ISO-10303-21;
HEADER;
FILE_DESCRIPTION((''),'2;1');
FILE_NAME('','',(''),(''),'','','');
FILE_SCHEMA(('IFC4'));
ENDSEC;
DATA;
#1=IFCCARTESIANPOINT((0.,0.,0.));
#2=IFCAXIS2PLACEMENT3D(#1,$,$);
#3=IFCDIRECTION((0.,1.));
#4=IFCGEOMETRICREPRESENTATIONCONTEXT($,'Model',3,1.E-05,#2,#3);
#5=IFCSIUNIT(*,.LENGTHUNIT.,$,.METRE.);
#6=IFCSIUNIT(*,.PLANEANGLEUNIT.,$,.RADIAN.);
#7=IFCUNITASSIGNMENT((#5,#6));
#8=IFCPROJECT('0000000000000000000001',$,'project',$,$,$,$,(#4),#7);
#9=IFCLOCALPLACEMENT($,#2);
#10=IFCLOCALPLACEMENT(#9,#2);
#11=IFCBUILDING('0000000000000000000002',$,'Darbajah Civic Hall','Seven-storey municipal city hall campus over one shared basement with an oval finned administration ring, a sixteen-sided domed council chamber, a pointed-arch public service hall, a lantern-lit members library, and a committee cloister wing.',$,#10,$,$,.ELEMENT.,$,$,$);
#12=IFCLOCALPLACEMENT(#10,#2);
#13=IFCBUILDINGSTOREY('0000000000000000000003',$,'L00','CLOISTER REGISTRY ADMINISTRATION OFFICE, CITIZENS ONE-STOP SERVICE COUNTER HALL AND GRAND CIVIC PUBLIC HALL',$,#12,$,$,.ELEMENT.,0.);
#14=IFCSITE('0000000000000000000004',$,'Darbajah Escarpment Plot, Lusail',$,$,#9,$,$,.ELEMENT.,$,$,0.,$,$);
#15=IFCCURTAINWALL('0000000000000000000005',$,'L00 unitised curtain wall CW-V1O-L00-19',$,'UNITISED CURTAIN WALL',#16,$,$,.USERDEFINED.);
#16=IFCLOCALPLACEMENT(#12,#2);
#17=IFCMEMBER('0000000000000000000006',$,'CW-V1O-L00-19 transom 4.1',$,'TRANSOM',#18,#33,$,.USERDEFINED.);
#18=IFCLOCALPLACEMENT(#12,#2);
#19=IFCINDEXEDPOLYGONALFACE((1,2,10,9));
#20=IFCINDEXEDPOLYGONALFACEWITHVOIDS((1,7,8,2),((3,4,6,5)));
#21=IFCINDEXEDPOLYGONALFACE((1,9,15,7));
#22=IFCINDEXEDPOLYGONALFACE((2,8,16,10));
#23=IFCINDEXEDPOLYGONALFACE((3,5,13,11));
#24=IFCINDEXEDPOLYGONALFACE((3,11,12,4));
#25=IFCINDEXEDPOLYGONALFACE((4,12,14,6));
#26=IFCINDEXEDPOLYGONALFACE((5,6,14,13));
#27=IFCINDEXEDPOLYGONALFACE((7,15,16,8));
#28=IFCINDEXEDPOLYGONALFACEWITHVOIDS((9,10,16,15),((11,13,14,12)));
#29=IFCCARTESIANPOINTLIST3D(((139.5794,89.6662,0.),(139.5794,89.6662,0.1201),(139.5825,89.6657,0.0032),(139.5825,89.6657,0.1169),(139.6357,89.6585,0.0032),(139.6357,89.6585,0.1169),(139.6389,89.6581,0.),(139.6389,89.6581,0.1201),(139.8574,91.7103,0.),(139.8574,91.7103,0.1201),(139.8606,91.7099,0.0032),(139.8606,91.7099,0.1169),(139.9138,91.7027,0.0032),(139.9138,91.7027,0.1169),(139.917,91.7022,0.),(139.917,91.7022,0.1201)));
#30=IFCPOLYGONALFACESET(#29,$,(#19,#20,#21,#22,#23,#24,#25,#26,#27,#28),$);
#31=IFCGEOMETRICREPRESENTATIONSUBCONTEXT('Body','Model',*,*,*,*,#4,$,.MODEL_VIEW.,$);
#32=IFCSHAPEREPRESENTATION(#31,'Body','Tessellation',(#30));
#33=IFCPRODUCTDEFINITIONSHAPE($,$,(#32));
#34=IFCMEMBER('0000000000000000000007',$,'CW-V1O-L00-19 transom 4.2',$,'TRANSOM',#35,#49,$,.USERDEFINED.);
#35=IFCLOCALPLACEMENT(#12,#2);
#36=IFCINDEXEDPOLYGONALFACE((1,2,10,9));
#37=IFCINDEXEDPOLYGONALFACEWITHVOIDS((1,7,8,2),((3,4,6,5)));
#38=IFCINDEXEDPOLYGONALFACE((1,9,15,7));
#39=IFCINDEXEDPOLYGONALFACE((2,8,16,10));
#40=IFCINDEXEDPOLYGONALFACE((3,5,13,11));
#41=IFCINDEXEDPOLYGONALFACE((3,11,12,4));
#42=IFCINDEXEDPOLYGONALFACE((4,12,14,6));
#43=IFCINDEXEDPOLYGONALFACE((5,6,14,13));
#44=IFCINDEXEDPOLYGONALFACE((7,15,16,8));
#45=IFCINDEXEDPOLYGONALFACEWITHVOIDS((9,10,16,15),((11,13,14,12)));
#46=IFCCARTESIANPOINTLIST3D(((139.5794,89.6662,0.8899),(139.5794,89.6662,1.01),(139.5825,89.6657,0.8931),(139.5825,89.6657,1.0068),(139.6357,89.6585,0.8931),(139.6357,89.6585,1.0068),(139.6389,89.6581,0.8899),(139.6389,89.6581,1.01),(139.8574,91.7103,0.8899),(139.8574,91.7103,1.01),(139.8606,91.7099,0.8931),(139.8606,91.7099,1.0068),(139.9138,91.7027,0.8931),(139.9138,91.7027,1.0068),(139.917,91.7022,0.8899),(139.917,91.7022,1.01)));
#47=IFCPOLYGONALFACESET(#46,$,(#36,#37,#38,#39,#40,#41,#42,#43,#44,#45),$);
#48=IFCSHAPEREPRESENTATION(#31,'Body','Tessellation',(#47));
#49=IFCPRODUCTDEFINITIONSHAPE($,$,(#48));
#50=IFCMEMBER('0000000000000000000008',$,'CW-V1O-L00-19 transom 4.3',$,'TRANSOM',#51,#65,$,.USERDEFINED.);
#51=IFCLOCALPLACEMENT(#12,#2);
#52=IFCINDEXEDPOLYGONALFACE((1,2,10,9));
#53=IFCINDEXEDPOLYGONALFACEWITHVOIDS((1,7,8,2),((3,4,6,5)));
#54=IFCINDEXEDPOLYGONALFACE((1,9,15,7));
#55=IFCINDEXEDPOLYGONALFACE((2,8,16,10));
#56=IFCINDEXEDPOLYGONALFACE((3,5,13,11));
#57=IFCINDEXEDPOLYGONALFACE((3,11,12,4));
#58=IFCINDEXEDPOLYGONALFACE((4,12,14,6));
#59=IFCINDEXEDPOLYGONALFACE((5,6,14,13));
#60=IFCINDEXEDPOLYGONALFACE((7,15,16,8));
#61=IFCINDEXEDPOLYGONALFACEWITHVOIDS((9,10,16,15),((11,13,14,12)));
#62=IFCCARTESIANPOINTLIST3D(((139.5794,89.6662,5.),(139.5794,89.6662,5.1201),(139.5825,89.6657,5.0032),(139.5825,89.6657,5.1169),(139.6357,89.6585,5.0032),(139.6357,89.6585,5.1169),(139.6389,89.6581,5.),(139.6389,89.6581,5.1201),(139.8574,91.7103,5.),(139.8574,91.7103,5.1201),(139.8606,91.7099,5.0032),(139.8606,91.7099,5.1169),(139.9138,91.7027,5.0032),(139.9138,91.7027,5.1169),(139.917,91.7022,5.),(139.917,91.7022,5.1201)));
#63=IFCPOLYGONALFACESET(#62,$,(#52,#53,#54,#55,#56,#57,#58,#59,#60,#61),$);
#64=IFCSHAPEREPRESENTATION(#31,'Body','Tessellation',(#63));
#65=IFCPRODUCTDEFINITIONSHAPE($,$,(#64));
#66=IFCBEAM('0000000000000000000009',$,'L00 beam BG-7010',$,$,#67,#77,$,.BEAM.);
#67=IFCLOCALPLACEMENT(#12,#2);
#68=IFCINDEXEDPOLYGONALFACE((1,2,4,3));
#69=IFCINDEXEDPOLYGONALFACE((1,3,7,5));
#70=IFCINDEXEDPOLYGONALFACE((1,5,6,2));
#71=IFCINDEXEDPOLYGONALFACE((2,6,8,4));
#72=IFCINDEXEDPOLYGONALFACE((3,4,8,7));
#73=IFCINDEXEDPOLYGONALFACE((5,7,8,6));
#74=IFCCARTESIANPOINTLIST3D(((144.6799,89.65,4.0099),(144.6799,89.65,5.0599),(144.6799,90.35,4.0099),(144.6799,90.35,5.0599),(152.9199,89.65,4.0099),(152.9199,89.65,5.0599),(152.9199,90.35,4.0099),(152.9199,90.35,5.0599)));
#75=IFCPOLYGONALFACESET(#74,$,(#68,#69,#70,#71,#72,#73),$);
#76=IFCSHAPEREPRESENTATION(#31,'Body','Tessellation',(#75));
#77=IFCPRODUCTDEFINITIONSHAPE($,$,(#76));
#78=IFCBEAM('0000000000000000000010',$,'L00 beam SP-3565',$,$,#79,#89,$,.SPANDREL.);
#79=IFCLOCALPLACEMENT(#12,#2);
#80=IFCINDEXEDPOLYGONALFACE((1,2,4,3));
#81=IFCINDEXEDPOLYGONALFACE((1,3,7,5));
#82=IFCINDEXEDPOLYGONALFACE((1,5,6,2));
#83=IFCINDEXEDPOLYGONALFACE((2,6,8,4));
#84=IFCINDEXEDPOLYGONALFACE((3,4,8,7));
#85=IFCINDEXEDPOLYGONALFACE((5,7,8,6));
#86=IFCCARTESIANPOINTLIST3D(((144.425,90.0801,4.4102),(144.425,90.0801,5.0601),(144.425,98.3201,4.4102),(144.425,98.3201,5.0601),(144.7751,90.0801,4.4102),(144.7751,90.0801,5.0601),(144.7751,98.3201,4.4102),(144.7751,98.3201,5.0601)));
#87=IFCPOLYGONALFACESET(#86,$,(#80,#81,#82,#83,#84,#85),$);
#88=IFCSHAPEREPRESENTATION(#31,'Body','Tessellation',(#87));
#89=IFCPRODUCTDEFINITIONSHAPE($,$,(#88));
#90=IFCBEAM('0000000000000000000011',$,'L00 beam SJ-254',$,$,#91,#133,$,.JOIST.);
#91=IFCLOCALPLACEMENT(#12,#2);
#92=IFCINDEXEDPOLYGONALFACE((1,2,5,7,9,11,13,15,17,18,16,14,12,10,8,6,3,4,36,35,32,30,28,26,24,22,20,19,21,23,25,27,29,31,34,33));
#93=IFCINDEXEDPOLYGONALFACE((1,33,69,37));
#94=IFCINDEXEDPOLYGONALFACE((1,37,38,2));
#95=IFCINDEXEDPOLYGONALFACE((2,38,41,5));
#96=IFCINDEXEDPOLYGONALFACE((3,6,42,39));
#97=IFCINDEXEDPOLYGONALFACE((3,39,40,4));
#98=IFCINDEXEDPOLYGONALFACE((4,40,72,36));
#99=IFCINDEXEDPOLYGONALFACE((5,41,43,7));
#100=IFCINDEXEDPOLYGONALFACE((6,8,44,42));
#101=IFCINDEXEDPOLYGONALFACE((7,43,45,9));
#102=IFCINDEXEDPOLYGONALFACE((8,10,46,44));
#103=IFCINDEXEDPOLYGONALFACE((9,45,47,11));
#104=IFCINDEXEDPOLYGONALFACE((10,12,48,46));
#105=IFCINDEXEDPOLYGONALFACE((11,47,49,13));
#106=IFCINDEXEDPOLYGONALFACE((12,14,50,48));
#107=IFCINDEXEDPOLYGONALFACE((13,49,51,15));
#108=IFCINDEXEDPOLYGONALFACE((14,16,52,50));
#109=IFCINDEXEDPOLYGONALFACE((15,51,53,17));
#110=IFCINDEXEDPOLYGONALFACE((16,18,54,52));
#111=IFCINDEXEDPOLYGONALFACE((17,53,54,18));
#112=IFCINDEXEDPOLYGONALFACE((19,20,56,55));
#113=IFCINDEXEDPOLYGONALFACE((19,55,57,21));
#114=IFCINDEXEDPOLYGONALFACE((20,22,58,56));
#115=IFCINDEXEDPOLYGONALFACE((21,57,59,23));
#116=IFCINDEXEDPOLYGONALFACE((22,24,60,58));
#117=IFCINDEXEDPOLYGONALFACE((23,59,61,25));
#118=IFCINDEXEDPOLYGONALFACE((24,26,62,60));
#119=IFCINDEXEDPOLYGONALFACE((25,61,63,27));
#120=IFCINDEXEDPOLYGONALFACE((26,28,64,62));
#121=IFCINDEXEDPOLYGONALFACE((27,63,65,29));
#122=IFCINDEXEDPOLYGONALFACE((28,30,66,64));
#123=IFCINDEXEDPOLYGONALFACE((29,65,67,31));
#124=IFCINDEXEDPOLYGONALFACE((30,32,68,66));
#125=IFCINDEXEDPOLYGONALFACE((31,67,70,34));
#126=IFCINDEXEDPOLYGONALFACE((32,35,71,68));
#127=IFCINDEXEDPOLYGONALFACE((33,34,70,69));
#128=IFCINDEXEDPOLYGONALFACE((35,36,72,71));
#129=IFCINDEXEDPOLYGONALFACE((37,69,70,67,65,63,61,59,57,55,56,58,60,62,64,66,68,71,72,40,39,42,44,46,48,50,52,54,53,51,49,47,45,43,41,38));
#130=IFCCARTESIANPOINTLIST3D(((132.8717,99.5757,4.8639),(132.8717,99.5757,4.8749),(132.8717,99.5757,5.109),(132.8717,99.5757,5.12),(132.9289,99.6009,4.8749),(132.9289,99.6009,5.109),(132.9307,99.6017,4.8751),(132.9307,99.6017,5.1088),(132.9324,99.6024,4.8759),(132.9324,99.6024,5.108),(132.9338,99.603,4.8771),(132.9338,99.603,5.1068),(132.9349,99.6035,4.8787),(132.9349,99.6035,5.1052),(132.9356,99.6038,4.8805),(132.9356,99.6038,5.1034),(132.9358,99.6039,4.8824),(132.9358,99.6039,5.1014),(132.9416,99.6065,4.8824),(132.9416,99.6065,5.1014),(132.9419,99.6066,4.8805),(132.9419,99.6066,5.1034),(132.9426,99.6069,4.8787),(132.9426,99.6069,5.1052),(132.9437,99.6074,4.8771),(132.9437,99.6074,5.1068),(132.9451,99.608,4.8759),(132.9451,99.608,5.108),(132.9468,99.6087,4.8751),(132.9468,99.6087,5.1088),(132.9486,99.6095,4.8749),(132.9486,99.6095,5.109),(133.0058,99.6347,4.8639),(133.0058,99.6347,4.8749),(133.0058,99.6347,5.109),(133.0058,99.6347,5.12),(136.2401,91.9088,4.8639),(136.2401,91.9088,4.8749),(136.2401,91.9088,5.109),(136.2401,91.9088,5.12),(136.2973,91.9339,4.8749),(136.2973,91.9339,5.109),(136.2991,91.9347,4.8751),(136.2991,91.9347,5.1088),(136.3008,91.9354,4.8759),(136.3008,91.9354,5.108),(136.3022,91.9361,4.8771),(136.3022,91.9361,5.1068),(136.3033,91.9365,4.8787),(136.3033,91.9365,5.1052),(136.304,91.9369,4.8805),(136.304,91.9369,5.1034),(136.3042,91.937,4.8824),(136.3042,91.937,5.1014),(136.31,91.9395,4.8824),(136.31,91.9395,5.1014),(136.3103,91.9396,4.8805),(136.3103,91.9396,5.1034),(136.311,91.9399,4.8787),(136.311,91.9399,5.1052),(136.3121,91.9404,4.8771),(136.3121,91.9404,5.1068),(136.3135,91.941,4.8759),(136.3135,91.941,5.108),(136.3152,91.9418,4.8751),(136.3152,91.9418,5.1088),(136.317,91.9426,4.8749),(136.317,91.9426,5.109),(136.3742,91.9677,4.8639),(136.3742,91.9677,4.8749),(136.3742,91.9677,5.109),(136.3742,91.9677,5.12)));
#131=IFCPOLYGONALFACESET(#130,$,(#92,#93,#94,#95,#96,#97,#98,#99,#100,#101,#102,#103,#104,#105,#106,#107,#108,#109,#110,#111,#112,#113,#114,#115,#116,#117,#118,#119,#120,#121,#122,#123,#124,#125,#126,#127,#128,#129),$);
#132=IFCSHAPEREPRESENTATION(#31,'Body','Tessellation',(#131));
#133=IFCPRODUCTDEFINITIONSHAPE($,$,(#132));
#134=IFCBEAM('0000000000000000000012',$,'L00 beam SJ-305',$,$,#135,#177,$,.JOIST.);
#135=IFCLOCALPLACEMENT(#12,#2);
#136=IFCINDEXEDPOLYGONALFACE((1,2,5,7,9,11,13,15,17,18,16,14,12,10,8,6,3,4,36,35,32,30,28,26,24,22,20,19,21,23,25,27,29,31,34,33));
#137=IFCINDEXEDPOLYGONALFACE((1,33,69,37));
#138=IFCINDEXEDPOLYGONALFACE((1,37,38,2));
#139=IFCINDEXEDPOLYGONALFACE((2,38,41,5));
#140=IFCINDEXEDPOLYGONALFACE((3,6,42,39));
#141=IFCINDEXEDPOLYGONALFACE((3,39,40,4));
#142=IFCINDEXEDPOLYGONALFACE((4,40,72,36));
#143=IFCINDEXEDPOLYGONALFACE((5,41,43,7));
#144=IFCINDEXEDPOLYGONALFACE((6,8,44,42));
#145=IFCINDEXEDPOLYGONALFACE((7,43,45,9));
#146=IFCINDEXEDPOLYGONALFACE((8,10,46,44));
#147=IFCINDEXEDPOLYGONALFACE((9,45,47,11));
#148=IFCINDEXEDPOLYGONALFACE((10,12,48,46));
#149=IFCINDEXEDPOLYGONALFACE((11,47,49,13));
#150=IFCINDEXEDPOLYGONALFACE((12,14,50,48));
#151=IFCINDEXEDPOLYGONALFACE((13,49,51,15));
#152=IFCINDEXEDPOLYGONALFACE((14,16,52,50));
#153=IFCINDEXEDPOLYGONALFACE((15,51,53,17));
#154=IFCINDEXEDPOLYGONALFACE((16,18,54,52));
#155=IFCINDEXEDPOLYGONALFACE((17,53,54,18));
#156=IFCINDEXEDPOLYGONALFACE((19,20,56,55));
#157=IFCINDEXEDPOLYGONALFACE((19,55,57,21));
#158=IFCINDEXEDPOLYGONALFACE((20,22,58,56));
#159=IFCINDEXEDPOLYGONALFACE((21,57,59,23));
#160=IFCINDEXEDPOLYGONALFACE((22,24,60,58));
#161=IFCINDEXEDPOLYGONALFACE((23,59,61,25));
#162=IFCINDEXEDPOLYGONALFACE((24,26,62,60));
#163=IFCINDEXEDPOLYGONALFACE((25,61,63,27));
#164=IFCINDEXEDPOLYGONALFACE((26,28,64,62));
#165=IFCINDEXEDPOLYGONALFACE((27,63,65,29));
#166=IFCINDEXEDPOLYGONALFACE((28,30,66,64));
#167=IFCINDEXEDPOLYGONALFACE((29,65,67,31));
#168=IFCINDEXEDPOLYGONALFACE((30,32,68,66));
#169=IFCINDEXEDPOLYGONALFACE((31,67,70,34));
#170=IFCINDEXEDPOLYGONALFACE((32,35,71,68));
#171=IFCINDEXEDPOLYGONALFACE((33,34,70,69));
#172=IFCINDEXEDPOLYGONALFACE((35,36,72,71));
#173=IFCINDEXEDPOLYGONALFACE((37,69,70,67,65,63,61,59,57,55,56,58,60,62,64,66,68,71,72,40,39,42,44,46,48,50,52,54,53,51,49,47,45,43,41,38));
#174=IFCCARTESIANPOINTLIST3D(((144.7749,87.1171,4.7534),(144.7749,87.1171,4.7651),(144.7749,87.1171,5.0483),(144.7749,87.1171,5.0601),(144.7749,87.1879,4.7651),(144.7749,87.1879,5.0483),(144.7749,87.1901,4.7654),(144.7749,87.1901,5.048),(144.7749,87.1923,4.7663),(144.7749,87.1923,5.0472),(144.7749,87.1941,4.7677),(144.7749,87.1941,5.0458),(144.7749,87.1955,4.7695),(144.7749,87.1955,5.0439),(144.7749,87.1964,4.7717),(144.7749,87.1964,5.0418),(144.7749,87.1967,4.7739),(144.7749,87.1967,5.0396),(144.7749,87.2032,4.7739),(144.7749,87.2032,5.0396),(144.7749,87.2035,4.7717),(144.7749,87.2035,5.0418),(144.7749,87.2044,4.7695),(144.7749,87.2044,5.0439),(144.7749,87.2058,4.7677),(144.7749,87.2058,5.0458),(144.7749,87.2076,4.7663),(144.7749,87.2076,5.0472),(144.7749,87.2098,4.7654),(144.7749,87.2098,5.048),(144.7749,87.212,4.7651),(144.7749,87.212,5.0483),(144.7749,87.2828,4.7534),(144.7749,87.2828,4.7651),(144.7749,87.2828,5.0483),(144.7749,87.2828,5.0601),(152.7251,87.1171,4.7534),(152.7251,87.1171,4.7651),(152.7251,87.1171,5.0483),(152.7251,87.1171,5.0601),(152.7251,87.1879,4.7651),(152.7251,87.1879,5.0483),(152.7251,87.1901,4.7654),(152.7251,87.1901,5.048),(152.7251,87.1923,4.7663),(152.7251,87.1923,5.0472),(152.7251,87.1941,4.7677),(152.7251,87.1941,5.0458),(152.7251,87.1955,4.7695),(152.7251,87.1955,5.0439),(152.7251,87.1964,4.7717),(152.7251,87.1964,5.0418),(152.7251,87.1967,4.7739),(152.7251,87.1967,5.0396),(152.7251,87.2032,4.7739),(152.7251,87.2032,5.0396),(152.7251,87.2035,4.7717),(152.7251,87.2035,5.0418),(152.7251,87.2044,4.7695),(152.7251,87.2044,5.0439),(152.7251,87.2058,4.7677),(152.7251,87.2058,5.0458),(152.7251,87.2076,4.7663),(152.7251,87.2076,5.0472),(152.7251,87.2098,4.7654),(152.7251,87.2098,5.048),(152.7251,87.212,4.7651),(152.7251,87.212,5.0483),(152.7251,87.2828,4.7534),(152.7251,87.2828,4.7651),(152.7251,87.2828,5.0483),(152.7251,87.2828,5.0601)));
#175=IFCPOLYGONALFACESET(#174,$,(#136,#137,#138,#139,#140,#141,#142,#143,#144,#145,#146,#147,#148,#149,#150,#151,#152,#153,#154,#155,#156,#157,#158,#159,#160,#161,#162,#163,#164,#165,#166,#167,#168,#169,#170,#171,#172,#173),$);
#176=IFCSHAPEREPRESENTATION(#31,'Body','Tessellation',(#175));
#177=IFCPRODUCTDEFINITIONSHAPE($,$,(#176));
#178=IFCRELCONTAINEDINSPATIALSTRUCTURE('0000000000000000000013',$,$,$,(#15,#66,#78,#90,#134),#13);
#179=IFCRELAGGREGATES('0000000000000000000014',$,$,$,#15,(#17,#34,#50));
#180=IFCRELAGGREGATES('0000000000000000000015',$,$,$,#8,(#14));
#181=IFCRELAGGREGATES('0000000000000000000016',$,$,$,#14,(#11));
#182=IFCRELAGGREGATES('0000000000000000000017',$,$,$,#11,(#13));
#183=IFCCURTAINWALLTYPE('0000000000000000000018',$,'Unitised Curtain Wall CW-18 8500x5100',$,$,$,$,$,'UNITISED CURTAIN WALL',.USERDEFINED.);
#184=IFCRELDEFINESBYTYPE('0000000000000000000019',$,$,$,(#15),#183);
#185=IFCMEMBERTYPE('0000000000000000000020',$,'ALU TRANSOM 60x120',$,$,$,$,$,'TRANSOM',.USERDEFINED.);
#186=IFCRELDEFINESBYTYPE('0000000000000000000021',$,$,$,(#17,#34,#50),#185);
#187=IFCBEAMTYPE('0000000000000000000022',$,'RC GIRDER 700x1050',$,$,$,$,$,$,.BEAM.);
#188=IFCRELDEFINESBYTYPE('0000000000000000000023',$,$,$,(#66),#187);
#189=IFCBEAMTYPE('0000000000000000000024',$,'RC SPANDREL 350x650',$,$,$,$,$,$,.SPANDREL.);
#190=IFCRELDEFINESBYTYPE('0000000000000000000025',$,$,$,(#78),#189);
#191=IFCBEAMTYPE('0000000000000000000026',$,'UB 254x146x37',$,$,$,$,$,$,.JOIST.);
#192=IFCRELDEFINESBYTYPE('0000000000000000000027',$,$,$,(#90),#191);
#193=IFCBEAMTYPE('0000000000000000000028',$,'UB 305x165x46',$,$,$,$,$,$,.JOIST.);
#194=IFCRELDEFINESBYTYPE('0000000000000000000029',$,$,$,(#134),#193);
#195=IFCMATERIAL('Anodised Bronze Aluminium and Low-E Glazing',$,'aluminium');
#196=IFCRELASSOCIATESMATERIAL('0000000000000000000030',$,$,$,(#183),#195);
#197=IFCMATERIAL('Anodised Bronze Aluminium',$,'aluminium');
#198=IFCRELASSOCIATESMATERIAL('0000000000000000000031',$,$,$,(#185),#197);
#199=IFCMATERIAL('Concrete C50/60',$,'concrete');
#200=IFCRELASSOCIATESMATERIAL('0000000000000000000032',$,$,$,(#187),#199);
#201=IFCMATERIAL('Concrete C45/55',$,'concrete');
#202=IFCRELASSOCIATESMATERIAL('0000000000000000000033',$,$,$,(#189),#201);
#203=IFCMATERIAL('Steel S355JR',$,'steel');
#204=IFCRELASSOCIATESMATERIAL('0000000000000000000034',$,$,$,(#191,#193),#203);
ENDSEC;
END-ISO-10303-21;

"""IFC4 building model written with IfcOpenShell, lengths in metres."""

from ifc_helpers import new_model, si_unit, direction, frame, origin, origin_2d, place, context, subcontext, project, spatial, rectangle, hollow_rectangle, i_section, extrude, material, material_profile, profile_set, type_object, element, aggregate, save


model = new_model("IFC4")

# Units and contexts
model_context = context("Model", 3, precision=1e-05, world=origin(), true_north=direction((0.0, 1.0)))
body_context = subcontext(model_context, "Body", "Model", "MODEL_VIEW")
ifc_project = project(units=[si_unit("LENGTHUNIT", "METRE"), si_unit("PLANEANGLEUNIT", "RADIAN")], contexts=[model_context])

# Site, building, storey
site_placement = place(None, origin())
site = spatial("IfcSite", under=ifc_project, at=site_placement, Name="Darbajah Escarpment Plot, Lusail", CompositionType="ELEMENT", RefElevation=0.0)
building_placement = place(site_placement, origin())
building = spatial("IfcBuilding", under=site, at=building_placement, Name="Darbajah Civic Hall", Description="Seven-storey municipal city hall campus over one shared basement with an oval finned administration ring, a sixteen-sided domed council chamber, a pointed-arch public service hall, a lantern-lit members library, and a committee cloister wing.", CompositionType="ELEMENT")
storey_placement = place(building_placement, origin())
storey = spatial("IfcBuildingStorey", under=building, at=storey_placement, Name="L00", Description="CLOISTER REGISTRY ADMINISTRATION OFFICE, CITIZENS ONE-STOP SERVICE COUNTER HALL AND GRAND CIVIC PUBLIC HALL", CompositionType="ELEMENT", Elevation=0.0)

# Shared definitions
ifc_material_1 = material(Name="Concrete C50/60", Category="concrete")

# Curtain wall, members
ifc_material_2 = material(Name="Anodised Bronze Aluminium and Low-E Glazing", Category="aluminium")
curtain_wall_type = type_object("IfcCurtainWallType", Name="Unitised Curtain Wall CW-18 8500x5100", ElementType="UNITISED CURTAIN WALL", PredefinedType="USERDEFINED", material=ifc_material_2)
curtain_wall_placement = place(storey_placement, origin())
curtain_wall = element("IfcCurtainWall", 1, at=curtain_wall_placement, inside=storey, type_object=curtain_wall_type, Name="L00 unitised curtain wall CW-V1O-L00-19", ObjectType="UNITISED CURTAIN WALL", PredefinedType="USERDEFINED")
ifc_material_3 = material(Name="Anodised Bronze Aluminium", Category="aluminium")
ifc_material_profile_1 = material_profile(ifc_material_3, hollow_rectangle(XDim=0.0601, YDim=0.1201, WallThickness=0.0032, at=origin_2d()), Name="ALU TRANSOM 60x120")
ifc_profile_set_1 = profile_set([ifc_material_profile_1], Name="Anodised Bronze Aluminium")
member_type_1 = type_object("IfcMemberType", Name="ALU TRANSOM 60x120", ElementType="TRANSOM", PredefinedType="USERDEFINED", material=ifc_profile_set_1)
member_1_placement = place(storey_placement, frame((139.6091, 89.6621, 0.0601), z_axis=(0.134791, 0.990874, 0.0), x_axis=(-0.990874, 0.134791, 0.0)))
member_1 = element("IfcMember", 2, at=member_1_placement, type_object=member_type_1, Name="CW-V1O-L00-19 transom 4.1", ObjectType="TRANSOM", PredefinedType="USERDEFINED", context=body_context, shape_type="SweptSolid", body=[
    extrude(hollow_rectangle(XDim=0.0601, YDim=0.1201, WallThickness=0.0032, at=origin_2d()), origin(), (0.0, 0.0, 1.0), 2.063),
])
member_2_placement = place(storey_placement, frame((139.6091, 89.6621, 0.95), z_axis=(0.134791, 0.990874, 0.0), x_axis=(-0.990874, 0.134791, 0.0)))
member_2 = element("IfcMember", 3, at=member_2_placement, type_object=member_type_1, Name="CW-V1O-L00-19 transom 4.2", ObjectType="TRANSOM", PredefinedType="USERDEFINED", context=body_context, shape_type="SweptSolid", body=[
    extrude(hollow_rectangle(XDim=0.0601, YDim=0.1201, WallThickness=0.0032, at=origin_2d()), origin(), (0.0, 0.0, 1.0), 2.063),
])
member_3_placement = place(storey_placement, frame((139.6091, 89.6621, 5.0601), z_axis=(0.134791, 0.990874, 0.0), x_axis=(-0.990874, 0.134791, 0.0)))
member_3 = element("IfcMember", 4, at=member_3_placement, type_object=member_type_1, Name="CW-V1O-L00-19 transom 4.3", ObjectType="TRANSOM", PredefinedType="USERDEFINED", context=body_context, shape_type="SweptSolid", body=[
    extrude(hollow_rectangle(XDim=0.0601, YDim=0.1201, WallThickness=0.0032, at=origin_2d()), origin(), (0.0, 0.0, 1.0), 2.063),
])

# Beams
ifc_material_profile_2 = material_profile(ifc_material_1, rectangle(XDim=0.7, YDim=1.05, at=origin_2d()), Name="RC GIRDER 700x1050")
ifc_profile_set_2 = profile_set([ifc_material_profile_2], Name="Concrete C50/60")
beam_type_1 = type_object("IfcBeamType", Name="RC GIRDER 700x1050", PredefinedType="BEAM", material=ifc_profile_set_2)
beam_1_placement = place(storey_placement, frame((144.6799, 90.0, 4.5349), z_axis=(1.0, 0.0, 0.0), x_axis=(0.0, 1.0, 0.0)))
element("IfcBeam", 5, at=beam_1_placement, inside=storey, type_object=beam_type_1, Name="L00 beam BG-7010", PredefinedType="BEAM", context=body_context, shape_type="SweptSolid", body=[
    extrude(rectangle(XDim=0.7, YDim=1.05, at=origin_2d()), origin(), (0.0, 0.0, 1.0), 8.24),
])
ifc_material_4 = material(Name="Concrete C45/55", Category="concrete")
ifc_material_profile_3 = material_profile(ifc_material_4, rectangle(XDim=0.3501, YDim=0.6499, at=origin_2d()), Name="RC SPANDREL 350x650")
ifc_profile_set_3 = profile_set([ifc_material_profile_3], Name="Concrete C45/55")
beam_type_2 = type_object("IfcBeamType", Name="RC SPANDREL 350x650", PredefinedType="SPANDREL", material=ifc_profile_set_3)
beam_2_placement = place(storey_placement, frame((144.6001, 90.0801, 4.7351), z_axis=(0.0, 1.0, 0.0), x_axis=(-1.0, 0.0, 0.0)))
element("IfcBeam", 6, at=beam_2_placement, inside=storey, type_object=beam_type_2, Name="L00 beam SP-3565", PredefinedType="SPANDREL", context=body_context, shape_type="SweptSolid", body=[
    extrude(rectangle(XDim=0.3501, YDim=0.6499, at=origin_2d()), origin(), (0.0, 0.0, 1.0), 8.24),
])
ifc_material_5 = material(Name="Steel S355JR", Category="steel")
ifc_material_profile_4 = material_profile(ifc_material_5, i_section(OverallWidth=0.1465, OverallDepth=0.2561, WebThickness=0.0063, FlangeThickness=0.011, FilletRadius=0.0076, at=origin_2d()), Name="UB 254x146x37")
ifc_profile_set_4 = profile_set([ifc_material_profile_4], Name="Steel S355JR")
beam_type_3 = type_object("IfcBeamType", Name="UB 254x146x37", PredefinedType="JOIST", material=ifc_profile_set_4)
beam_3_placement = place(storey_placement, frame((136.3071, 91.9382, 4.9919), z_axis=(-0.402231, 0.915538, 0.0), x_axis=(-0.915538, -0.402231, 0.0)))
element("IfcBeam", 7, at=beam_3_placement, inside=storey, type_object=beam_type_3, Name="L00 beam SJ-254", PredefinedType="JOIST", context=body_context, shape_type="SweptSolid", body=[
    extrude(i_section(OverallWidth=0.1465, OverallDepth=0.2561, WebThickness=0.0063, FlangeThickness=0.011, FilletRadius=0.0076, at=origin_2d()), origin(), (0.0, 0.0, 1.0), 8.3743),
])
ifc_material_profile_5 = material_profile(ifc_material_5, i_section(OverallWidth=0.1658, OverallDepth=0.3066, WebThickness=0.0066, FlangeThickness=0.0117, FilletRadius=0.0088, at=origin_2d()), Name="UB 305x165x46")
ifc_profile_set_5 = profile_set([ifc_material_profile_5], Name="Steel S355JR")
beam_type_4 = type_object("IfcBeamType", Name="UB 305x165x46", PredefinedType="JOIST", material=ifc_profile_set_5)
beam_4_placement = place(storey_placement, frame((144.7749, 87.2, 4.9067), z_axis=(1.0, 0.0, 0.0), x_axis=(0.0, 1.0, 0.0)))
element("IfcBeam", 8, at=beam_4_placement, inside=storey, type_object=beam_type_4, Name="L00 beam SJ-305", PredefinedType="JOIST", context=body_context, shape_type="SweptSolid", body=[
    extrude(i_section(OverallWidth=0.1658, OverallDepth=0.3066, WebThickness=0.0066, FlangeThickness=0.0117, FilletRadius=0.0088, at=origin_2d()), origin(), (0.0, 0.0, 1.0), 7.9502),
])

aggregate(curtain_wall, [member_1, member_2, member_3])

save(model, "model.ifc")
